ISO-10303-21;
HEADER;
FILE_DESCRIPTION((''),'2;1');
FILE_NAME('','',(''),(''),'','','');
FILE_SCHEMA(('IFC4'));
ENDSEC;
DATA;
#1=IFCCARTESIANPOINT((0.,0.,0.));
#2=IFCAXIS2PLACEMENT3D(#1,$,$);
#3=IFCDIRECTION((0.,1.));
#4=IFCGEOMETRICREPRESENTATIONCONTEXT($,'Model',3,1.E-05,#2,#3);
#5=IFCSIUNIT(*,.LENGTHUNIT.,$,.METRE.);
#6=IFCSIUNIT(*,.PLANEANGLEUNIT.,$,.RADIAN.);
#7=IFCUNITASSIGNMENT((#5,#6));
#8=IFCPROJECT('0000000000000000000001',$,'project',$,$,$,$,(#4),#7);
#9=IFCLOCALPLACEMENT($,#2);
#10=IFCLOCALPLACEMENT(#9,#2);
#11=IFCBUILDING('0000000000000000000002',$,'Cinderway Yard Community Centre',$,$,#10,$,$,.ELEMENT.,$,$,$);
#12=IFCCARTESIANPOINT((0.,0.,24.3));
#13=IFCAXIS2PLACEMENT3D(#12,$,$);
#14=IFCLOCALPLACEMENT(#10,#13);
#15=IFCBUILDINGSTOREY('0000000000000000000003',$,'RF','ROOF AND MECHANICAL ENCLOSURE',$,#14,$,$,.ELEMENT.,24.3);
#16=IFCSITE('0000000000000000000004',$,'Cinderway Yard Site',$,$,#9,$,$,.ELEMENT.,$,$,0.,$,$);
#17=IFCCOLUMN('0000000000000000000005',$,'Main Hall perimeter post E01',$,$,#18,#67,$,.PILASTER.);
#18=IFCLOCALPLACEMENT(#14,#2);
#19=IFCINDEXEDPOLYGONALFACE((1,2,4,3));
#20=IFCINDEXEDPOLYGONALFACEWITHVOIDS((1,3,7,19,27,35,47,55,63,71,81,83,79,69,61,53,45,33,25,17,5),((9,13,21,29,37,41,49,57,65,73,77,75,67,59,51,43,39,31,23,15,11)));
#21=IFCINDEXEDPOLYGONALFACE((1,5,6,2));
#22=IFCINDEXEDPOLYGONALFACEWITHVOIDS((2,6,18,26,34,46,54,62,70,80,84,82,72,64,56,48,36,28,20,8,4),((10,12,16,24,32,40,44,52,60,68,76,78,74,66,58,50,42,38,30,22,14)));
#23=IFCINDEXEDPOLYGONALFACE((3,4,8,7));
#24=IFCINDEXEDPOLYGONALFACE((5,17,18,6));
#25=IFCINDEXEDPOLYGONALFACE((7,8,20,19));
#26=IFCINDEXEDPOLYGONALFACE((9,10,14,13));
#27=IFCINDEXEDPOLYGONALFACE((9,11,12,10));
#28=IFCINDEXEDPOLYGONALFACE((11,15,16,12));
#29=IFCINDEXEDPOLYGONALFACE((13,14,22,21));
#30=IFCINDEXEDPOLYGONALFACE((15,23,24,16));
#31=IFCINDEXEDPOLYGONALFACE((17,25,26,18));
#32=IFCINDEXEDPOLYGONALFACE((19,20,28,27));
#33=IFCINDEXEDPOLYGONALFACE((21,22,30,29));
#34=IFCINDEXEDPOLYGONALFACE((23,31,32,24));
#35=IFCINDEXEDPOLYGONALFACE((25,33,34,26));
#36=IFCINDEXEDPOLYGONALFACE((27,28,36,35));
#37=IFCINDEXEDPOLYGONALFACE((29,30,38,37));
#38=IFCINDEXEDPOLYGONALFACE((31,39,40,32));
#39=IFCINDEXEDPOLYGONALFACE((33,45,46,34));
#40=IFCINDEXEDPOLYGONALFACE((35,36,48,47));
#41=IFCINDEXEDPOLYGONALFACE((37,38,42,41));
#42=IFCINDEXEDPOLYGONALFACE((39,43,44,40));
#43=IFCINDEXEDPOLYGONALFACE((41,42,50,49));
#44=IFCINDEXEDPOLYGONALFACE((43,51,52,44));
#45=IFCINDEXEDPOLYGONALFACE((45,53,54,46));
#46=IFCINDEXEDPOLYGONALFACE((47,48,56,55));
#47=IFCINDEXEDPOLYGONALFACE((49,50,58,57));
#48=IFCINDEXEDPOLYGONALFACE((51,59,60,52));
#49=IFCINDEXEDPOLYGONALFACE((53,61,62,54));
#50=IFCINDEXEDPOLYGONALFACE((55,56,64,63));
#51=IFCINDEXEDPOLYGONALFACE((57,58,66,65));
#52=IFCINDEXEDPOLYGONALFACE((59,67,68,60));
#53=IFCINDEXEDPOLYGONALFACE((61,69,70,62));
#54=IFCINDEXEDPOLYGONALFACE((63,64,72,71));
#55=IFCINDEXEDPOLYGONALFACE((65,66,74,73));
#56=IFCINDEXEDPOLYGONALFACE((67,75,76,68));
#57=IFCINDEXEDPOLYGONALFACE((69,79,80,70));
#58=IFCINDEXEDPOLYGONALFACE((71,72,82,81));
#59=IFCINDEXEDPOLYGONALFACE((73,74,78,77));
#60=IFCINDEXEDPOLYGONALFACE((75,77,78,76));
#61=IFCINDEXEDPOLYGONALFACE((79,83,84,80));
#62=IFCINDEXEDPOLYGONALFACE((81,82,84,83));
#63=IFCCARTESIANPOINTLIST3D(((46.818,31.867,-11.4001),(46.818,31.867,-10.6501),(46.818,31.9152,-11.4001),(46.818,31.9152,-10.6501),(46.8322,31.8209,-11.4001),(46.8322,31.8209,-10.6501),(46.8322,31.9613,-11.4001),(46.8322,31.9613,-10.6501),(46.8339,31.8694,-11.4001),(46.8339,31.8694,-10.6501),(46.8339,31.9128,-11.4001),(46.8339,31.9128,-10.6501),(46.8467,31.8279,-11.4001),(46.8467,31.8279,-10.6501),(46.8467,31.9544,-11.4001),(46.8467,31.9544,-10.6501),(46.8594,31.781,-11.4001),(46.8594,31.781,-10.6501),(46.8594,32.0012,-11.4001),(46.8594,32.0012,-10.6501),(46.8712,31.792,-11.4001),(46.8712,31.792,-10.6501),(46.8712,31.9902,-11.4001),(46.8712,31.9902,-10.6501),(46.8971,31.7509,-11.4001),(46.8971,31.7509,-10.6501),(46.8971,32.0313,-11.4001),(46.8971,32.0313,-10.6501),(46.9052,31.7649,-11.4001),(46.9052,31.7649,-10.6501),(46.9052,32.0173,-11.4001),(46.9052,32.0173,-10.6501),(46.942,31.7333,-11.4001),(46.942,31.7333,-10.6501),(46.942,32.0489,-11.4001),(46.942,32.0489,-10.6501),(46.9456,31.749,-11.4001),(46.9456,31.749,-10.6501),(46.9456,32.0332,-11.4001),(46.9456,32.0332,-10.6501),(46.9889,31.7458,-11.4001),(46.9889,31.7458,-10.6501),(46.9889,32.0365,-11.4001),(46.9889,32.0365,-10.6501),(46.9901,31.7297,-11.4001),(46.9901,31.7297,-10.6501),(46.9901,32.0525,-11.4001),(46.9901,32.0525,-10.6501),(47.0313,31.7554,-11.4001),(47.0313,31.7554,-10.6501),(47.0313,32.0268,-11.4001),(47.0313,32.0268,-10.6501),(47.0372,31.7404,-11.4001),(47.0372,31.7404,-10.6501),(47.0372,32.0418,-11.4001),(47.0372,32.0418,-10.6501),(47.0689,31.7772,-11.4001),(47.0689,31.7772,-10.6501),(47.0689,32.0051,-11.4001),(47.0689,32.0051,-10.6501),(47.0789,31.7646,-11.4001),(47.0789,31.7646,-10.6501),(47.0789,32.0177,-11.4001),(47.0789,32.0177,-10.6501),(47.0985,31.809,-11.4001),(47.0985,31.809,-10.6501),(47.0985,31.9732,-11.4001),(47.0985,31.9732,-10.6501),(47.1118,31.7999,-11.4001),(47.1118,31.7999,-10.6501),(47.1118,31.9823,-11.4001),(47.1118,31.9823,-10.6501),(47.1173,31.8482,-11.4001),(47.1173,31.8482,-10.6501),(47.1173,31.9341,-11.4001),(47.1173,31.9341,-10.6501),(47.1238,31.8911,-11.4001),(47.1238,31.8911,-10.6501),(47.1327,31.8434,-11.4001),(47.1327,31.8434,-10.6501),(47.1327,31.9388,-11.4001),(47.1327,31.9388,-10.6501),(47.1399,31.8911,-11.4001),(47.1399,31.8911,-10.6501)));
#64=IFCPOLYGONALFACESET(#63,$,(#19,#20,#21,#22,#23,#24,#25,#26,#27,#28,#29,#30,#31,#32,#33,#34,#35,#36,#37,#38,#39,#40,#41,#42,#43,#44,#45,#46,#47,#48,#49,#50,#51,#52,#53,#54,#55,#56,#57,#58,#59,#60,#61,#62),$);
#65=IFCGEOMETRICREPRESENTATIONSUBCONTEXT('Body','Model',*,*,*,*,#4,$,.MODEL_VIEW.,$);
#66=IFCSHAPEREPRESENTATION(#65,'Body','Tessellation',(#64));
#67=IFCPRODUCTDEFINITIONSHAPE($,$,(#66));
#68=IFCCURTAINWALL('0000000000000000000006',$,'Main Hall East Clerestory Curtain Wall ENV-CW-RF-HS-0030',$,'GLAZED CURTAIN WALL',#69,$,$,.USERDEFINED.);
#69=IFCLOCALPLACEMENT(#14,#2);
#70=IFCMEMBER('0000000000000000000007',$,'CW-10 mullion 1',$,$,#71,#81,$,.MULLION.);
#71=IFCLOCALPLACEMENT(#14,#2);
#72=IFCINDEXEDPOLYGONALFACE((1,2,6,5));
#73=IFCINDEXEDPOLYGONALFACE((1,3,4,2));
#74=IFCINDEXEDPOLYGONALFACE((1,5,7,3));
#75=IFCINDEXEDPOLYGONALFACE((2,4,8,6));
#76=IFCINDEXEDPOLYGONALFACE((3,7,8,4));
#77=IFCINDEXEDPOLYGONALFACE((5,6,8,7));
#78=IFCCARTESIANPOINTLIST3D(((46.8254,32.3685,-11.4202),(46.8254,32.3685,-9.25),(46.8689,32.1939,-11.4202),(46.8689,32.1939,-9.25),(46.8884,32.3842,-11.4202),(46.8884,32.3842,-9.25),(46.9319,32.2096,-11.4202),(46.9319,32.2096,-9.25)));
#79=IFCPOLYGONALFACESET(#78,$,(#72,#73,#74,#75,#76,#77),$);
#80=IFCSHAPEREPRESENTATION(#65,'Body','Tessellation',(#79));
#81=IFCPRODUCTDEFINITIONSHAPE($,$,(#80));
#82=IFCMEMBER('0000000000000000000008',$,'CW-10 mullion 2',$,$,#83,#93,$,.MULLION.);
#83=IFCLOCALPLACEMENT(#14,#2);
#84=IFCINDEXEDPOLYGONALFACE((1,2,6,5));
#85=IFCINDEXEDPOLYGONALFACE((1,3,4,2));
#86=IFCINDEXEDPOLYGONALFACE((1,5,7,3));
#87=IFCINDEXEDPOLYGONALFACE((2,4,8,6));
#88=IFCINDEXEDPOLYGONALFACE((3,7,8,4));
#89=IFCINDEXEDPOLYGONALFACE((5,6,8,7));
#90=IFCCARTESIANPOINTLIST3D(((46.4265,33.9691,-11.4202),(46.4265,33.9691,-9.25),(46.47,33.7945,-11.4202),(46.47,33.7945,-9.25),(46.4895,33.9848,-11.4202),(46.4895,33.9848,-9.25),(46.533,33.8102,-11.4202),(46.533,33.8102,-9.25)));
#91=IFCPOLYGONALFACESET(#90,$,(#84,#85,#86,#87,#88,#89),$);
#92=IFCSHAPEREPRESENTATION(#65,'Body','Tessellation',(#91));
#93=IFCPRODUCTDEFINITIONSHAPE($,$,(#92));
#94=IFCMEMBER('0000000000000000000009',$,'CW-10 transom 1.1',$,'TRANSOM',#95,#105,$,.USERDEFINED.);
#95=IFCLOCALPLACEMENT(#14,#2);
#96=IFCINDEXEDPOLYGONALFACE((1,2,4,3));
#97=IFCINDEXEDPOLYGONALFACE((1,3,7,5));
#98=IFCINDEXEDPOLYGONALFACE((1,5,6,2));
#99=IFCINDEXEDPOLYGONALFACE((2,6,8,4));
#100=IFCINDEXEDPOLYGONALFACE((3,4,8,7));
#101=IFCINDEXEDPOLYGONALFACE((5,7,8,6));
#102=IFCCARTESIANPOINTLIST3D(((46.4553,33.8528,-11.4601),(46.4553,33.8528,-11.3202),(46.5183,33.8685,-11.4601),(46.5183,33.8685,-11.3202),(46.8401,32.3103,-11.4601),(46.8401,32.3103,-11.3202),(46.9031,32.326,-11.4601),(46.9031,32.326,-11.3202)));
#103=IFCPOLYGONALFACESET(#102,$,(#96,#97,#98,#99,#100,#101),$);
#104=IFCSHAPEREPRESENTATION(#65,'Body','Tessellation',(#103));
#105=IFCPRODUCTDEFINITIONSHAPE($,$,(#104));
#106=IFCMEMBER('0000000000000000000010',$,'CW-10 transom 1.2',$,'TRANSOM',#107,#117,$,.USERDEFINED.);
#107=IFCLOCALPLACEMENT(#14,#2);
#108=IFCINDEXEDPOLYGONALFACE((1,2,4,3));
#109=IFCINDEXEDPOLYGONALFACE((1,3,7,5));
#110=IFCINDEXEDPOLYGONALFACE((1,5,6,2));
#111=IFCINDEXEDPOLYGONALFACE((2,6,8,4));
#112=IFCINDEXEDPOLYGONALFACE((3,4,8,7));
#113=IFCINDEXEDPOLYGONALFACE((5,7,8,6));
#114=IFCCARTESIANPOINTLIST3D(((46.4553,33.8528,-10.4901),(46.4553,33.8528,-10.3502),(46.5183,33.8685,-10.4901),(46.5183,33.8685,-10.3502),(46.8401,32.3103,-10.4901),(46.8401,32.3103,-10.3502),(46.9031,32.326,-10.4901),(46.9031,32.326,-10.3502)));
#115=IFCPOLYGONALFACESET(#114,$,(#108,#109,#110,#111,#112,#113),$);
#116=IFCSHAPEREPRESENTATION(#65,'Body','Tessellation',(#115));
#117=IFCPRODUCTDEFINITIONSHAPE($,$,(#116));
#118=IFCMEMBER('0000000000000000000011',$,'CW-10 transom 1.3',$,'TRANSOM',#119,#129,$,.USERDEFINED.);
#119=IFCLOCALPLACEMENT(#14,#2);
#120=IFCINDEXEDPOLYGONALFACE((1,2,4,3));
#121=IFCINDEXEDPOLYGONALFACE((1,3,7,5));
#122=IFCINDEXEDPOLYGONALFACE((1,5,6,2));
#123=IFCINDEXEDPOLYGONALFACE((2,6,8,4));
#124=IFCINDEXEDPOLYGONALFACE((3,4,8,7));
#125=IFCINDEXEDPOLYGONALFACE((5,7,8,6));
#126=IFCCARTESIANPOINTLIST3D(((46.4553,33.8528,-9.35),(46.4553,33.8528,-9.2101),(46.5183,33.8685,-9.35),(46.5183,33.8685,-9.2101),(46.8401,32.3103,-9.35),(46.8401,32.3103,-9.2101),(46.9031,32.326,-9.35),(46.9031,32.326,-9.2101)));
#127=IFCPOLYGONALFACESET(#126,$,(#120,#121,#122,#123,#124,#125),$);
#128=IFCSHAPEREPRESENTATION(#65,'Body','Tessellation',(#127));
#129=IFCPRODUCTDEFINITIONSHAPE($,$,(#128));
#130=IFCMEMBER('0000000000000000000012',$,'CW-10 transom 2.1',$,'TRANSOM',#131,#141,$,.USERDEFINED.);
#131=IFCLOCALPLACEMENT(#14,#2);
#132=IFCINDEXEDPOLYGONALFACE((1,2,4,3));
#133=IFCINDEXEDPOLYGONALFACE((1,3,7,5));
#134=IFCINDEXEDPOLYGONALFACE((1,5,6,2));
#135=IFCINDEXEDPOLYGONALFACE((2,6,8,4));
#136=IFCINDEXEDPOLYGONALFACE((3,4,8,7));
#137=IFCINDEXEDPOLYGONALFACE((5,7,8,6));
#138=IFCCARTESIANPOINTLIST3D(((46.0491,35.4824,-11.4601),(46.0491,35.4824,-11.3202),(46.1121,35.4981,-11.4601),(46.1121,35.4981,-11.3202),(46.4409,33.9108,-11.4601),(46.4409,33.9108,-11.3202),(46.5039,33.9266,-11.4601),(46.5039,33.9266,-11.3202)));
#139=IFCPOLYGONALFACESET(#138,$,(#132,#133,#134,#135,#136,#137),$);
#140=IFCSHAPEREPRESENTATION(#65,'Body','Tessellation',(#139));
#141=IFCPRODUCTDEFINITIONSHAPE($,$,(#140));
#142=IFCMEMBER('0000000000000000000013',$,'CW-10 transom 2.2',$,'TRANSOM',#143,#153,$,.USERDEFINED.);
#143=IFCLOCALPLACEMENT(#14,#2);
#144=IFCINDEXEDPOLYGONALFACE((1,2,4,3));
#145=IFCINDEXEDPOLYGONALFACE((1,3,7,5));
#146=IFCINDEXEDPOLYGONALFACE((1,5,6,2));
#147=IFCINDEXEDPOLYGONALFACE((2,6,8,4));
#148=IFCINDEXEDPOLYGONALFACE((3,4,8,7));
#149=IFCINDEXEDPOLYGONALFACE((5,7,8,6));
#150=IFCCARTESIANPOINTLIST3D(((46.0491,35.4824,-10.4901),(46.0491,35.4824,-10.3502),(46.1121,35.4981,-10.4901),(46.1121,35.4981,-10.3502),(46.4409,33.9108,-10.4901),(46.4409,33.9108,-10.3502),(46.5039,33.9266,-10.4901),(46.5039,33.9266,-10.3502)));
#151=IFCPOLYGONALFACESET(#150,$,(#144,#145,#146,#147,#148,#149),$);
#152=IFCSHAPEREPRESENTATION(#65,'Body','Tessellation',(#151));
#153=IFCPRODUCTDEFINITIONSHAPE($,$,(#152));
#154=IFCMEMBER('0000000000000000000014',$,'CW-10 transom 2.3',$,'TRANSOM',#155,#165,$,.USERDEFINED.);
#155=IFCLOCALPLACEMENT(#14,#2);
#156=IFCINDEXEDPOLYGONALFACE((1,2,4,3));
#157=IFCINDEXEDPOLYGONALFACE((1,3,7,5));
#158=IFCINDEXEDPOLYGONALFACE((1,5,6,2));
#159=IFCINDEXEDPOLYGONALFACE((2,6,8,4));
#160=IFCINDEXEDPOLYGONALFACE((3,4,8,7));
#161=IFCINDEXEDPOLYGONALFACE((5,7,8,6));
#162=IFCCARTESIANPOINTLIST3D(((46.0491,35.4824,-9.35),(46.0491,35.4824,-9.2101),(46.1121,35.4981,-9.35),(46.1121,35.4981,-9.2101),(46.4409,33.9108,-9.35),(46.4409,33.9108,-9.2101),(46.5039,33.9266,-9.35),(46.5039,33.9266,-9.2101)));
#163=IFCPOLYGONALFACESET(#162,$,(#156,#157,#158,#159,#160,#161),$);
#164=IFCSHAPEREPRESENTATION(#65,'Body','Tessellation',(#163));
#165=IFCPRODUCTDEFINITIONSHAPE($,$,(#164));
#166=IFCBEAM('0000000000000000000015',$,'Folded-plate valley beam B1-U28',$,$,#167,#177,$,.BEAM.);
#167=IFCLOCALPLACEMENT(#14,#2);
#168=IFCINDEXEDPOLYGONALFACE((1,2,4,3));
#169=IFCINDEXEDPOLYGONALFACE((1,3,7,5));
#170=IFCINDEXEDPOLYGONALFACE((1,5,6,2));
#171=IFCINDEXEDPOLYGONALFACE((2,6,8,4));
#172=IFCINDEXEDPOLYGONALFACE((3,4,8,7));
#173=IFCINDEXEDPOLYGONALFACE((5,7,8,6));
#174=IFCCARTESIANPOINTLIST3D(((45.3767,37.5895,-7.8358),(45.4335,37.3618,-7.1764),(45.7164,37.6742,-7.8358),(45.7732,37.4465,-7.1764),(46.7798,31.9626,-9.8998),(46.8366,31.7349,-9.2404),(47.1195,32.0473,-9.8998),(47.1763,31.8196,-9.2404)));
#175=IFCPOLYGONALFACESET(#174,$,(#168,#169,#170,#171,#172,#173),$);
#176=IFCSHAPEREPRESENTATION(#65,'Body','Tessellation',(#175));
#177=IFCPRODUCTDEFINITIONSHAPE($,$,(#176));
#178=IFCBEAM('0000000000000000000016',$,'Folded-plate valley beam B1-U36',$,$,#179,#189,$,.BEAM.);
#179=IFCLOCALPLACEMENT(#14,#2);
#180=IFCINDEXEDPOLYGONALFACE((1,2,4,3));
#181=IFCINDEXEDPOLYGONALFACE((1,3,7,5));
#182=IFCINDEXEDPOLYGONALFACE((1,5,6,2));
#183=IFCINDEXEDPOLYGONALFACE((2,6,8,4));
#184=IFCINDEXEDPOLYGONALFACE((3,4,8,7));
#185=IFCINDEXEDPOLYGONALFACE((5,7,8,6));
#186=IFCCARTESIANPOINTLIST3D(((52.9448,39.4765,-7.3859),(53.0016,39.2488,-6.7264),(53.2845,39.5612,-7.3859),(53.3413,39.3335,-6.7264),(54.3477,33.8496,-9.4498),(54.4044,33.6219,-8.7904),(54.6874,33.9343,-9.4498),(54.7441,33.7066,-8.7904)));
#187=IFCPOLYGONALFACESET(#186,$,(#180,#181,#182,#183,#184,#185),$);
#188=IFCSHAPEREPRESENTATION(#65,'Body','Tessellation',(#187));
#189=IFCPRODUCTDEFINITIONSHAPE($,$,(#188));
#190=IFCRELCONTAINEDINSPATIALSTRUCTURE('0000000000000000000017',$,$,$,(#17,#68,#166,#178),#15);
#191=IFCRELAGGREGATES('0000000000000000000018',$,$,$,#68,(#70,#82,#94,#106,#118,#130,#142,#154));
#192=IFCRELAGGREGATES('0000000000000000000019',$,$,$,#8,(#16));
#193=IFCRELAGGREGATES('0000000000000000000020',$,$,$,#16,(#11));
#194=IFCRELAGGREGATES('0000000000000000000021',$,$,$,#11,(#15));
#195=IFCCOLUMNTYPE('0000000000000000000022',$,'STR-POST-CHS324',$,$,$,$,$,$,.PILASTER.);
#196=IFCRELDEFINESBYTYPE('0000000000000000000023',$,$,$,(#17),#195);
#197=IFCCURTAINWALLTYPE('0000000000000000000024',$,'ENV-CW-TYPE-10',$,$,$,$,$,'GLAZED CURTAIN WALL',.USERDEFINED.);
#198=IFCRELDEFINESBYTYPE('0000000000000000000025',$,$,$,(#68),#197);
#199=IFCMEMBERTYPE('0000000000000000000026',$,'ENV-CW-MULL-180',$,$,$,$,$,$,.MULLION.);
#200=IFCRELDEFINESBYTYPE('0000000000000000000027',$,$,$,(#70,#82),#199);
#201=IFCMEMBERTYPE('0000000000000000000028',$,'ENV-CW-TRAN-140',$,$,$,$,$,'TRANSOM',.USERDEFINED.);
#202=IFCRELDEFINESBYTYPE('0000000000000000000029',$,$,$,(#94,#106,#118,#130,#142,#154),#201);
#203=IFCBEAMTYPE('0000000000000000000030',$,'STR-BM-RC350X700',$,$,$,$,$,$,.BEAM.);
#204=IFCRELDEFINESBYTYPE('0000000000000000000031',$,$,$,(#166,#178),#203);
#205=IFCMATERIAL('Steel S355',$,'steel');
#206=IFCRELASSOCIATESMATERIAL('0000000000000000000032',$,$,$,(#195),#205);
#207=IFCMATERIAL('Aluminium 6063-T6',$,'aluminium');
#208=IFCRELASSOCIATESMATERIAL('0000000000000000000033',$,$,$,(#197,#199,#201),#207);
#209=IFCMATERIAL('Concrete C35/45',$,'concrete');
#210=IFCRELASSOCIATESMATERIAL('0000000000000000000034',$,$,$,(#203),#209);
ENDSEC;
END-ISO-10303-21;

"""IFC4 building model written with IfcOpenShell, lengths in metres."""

from ifc_helpers import new_model, si_unit, direction, frame, origin, origin_2d, place, context, subcontext, project, spatial, rectangle, hollow_circle, extrude, material, material_profile, profile_set, type_object, element, aggregate, save


model = new_model("IFC4")

# Units and contexts
model_context = context("Model", 3, precision=1e-05, world=origin(), true_north=direction((0.0, 1.0)))
body_context = subcontext(model_context, "Body", "Model", "MODEL_VIEW")
ifc_project = project(units=[si_unit("LENGTHUNIT", "METRE"), si_unit("PLANEANGLEUNIT", "RADIAN")], contexts=[model_context])

# Site, building, storey
site_placement = place(None, origin())
site = spatial("IfcSite", under=ifc_project, at=site_placement, Name="Cinderway Yard Site", CompositionType="ELEMENT", RefElevation=0.0)
building_placement = place(site_placement, origin())
building = spatial("IfcBuilding", under=site, at=building_placement, Name="Cinderway Yard Community Centre", CompositionType="ELEMENT")
storey_placement = place(building_placement, frame((0.0, 0.0, 24.3)))
storey = spatial("IfcBuildingStorey", under=building, at=storey_placement, Name="RF", Description="ROOF AND MECHANICAL ENCLOSURE", CompositionType="ELEMENT", Elevation=24.3)

# Column
ifc_material_1 = material(Name="Steel S355", Category="steel")
ifc_material_profile_1 = material_profile(ifc_material_1, hollow_circle(Radius=0.1619, WallThickness=0.0161, at=origin_2d()), Name="Steel S355")
ifc_profile_set_1 = profile_set([ifc_material_profile_1], Name="Steel S355")
column_type = type_object("IfcColumnType", Name="STR-POST-CHS324", PredefinedType="PILASTER", material=ifc_profile_set_1)
column_placement = place(storey_placement, frame((46.978, 31.8911, -11.4001), z_axis=(0.0, 0.0, 1.0), x_axis=(1.0, 0.0, 0.0)))
element("IfcColumn", 1, at=column_placement, inside=storey, type_object=column_type, Name="Main Hall perimeter post E01", PredefinedType="PILASTER", context=body_context, shape_type="SweptSolid", body=[
    extrude(hollow_circle(Radius=0.1619, WallThickness=0.0161, at=origin_2d()), origin(), (0.0, 0.0, 1.0), 0.75),
])

# Curtain wall, members
ifc_material_2 = material(Name="Aluminium 6063-T6", Category="aluminium")
curtain_wall_type = type_object("IfcCurtainWallType", Name="ENV-CW-TYPE-10", ElementType="GLAZED CURTAIN WALL", PredefinedType="USERDEFINED", material=ifc_material_2)
curtain_wall_placement = place(storey_placement, origin())
curtain_wall = element("IfcCurtainWall", 2, at=curtain_wall_placement, inside=storey, type_object=curtain_wall_type, Name="Main Hall East Clerestory Curtain Wall ENV-CW-RF-HS-0030", ObjectType="GLAZED CURTAIN WALL", PredefinedType="USERDEFINED")
ifc_material_profile_2 = material_profile(ifc_material_2, rectangle(XDim=0.0649, YDim=0.1799, at=origin_2d()), Name="Aluminium 6063-T6")
ifc_profile_set_2 = profile_set([ifc_material_profile_2], Name="Aluminium 6063-T6")
member_type_1 = type_object("IfcMemberType", Name="ENV-CW-MULL-180", PredefinedType="MULLION", material=ifc_profile_set_2)
member_1_placement = place(storey_placement, frame((46.8787, 32.2891, -11.4202), z_axis=(0.0, 0.0, 1.0), x_axis=(-0.970294, -0.241929, 0.0)))
member_1 = element("IfcMember", 3, at=member_1_placement, type_object=member_type_1, Name="CW-10 mullion 1", PredefinedType="MULLION", context=body_context, shape_type="SweptSolid", body=[
    extrude(rectangle(XDim=0.0649, YDim=0.1799, at=origin_2d()), origin(), (0.0, 0.0, 1.0), 2.1702),
])
member_2_placement = place(storey_placement, frame((46.4797, 33.8896, -11.4202), z_axis=(0.0, 0.0, 1.0), x_axis=(-0.970294, -0.241929, 0.0)))
member_2 = element("IfcMember", 4, at=member_2_placement, type_object=member_type_1, Name="CW-10 mullion 2", PredefinedType="MULLION", context=body_context, shape_type="SweptSolid", body=[
    extrude(rectangle(XDim=0.0649, YDim=0.1799, at=origin_2d()), origin(), (0.0, 0.0, 1.0), 2.1702),
])
ifc_material_profile_3 = material_profile(ifc_material_2, rectangle(XDim=0.0649, YDim=0.1399, at=origin_2d()), Name="Aluminium 6063-T6")
ifc_profile_set_3 = profile_set([ifc_material_profile_3], Name="Aluminium 6063-T6")
member_type_2 = type_object("IfcMemberType", Name="ENV-CW-TRAN-140", ElementType="TRANSOM", PredefinedType="USERDEFINED", material=ifc_profile_set_3)
member_3_placement = place(storey_placement, frame((46.8716, 32.3181, -11.3901), z_axis=(-0.24203, 0.970269, 0.0), x_axis=(-0.970269, -0.24203, 0.0)))
member_3 = element("IfcMember", 5, at=member_3_placement, type_object=member_type_2, Name="CW-10 transom 1.1", ObjectType="TRANSOM", PredefinedType="USERDEFINED", context=body_context, shape_type="SweptSolid", body=[
    extrude(rectangle(XDim=0.0649, YDim=0.1399, at=origin_2d()), origin(), (0.0, 0.0, 1.0), 1.5898),
])
member_4_placement = place(storey_placement, frame((46.8716, 32.3181, -10.4202), z_axis=(-0.24203, 0.970269, 0.0), x_axis=(-0.970269, -0.24203, 0.0)))
member_4 = element("IfcMember", 6, at=member_4_placement, type_object=member_type_2, Name="CW-10 transom 1.2", ObjectType="TRANSOM", PredefinedType="USERDEFINED", context=body_context, shape_type="SweptSolid", body=[
    extrude(rectangle(XDim=0.0649, YDim=0.1399, at=origin_2d()), origin(), (0.0, 0.0, 1.0), 1.5898),
])
member_5_placement = place(storey_placement, frame((46.8716, 32.3181, -9.28), z_axis=(-0.24203, 0.970269, 0.0), x_axis=(-0.970269, -0.24203, 0.0)))
member_5 = element("IfcMember", 7, at=member_5_placement, type_object=member_type_2, Name="CW-10 transom 1.3", ObjectType="TRANSOM", PredefinedType="USERDEFINED", context=body_context, shape_type="SweptSolid", body=[
    extrude(rectangle(XDim=0.0649, YDim=0.1399, at=origin_2d()), origin(), (0.0, 0.0, 1.0), 1.5898),
])
member_6_placement = place(storey_placement, frame((46.4724, 33.9187, -11.3901), z_axis=(-0.241933, 0.970293, 0.0), x_axis=(-0.970293, -0.241933, 0.0)))
member_6 = element("IfcMember", 8, at=member_6_placement, type_object=member_type_2, Name="CW-10 transom 2.1", ObjectType="TRANSOM", PredefinedType="USERDEFINED", context=body_context, shape_type="SweptSolid", body=[
    extrude(rectangle(XDim=0.0649, YDim=0.1399, at=origin_2d()), origin(), (0.0, 0.0, 1.0), 1.6196),
])
member_7_placement = place(storey_placement, frame((46.4724, 33.9187, -10.4202), z_axis=(-0.241933, 0.970293, 0.0), x_axis=(-0.970293, -0.241933, 0.0)))
member_7 = element("IfcMember", 9, at=member_7_placement, type_object=member_type_2, Name="CW-10 transom 2.2", ObjectType="TRANSOM", PredefinedType="USERDEFINED", context=body_context, shape_type="SweptSolid", body=[
    extrude(rectangle(XDim=0.0649, YDim=0.1399, at=origin_2d()), origin(), (0.0, 0.0, 1.0), 1.6196),
])
member_8_placement = place(storey_placement, frame((46.4724, 33.9187, -9.28), z_axis=(-0.241933, 0.970293, 0.0), x_axis=(-0.970293, -0.241933, 0.0)))
member_8 = element("IfcMember", 10, at=member_8_placement, type_object=member_type_2, Name="CW-10 transom 2.3", ObjectType="TRANSOM", PredefinedType="USERDEFINED", context=body_context, shape_type="SweptSolid", body=[
    extrude(rectangle(XDim=0.0649, YDim=0.1399, at=origin_2d()), origin(), (0.0, 0.0, 1.0), 1.6196),
])

# Beams
ifc_material_3 = material(Name="Concrete C35/45", Category="concrete")
ifc_material_profile_4 = material_profile(ifc_material_3, rectangle(XDim=0.3501, YDim=0.7, at=origin_2d()), Name="Concrete C35/45")
ifc_profile_set_4 = profile_set([ifc_material_profile_4], Name="Concrete C35/45")
beam_type_1 = type_object("IfcBeamType", Name="STR-BM-RC350X700", PredefinedType="BEAM", material=ifc_profile_set_4)
for number, where, z_axis, x_axis, name in (
    (11, (46.978, 31.8911, -9.5701), (-0.227936, 0.914122, 0.3353), (-0.970291, -0.241941, 0.0), "Folded-plate valley beam B1-U28"),
    (12, (54.5459, 33.7781, -9.1201), (-0.227898, 0.91413, 0.335303), (-0.970301, -0.241902, 0.0), "Folded-plate valley beam B1-U36"),
):
    element("IfcBeam", number, at=place(storey_placement, frame(where, z_axis=z_axis, x_axis=x_axis)), inside=storey, type_object=beam_type_1, Name=name, PredefinedType="BEAM", context=body_context, shape_type="SweptSolid", body=[
        extrude(rectangle(XDim=0.3501, YDim=0.7, at=origin_2d()), origin(), (0.0, 0.0, 1.0), 6.1555),
    ])

aggregate(curtain_wall, [member_1, member_2, member_3, member_4, member_5, member_6, member_7, member_8])

save(model, "model.ifc")
